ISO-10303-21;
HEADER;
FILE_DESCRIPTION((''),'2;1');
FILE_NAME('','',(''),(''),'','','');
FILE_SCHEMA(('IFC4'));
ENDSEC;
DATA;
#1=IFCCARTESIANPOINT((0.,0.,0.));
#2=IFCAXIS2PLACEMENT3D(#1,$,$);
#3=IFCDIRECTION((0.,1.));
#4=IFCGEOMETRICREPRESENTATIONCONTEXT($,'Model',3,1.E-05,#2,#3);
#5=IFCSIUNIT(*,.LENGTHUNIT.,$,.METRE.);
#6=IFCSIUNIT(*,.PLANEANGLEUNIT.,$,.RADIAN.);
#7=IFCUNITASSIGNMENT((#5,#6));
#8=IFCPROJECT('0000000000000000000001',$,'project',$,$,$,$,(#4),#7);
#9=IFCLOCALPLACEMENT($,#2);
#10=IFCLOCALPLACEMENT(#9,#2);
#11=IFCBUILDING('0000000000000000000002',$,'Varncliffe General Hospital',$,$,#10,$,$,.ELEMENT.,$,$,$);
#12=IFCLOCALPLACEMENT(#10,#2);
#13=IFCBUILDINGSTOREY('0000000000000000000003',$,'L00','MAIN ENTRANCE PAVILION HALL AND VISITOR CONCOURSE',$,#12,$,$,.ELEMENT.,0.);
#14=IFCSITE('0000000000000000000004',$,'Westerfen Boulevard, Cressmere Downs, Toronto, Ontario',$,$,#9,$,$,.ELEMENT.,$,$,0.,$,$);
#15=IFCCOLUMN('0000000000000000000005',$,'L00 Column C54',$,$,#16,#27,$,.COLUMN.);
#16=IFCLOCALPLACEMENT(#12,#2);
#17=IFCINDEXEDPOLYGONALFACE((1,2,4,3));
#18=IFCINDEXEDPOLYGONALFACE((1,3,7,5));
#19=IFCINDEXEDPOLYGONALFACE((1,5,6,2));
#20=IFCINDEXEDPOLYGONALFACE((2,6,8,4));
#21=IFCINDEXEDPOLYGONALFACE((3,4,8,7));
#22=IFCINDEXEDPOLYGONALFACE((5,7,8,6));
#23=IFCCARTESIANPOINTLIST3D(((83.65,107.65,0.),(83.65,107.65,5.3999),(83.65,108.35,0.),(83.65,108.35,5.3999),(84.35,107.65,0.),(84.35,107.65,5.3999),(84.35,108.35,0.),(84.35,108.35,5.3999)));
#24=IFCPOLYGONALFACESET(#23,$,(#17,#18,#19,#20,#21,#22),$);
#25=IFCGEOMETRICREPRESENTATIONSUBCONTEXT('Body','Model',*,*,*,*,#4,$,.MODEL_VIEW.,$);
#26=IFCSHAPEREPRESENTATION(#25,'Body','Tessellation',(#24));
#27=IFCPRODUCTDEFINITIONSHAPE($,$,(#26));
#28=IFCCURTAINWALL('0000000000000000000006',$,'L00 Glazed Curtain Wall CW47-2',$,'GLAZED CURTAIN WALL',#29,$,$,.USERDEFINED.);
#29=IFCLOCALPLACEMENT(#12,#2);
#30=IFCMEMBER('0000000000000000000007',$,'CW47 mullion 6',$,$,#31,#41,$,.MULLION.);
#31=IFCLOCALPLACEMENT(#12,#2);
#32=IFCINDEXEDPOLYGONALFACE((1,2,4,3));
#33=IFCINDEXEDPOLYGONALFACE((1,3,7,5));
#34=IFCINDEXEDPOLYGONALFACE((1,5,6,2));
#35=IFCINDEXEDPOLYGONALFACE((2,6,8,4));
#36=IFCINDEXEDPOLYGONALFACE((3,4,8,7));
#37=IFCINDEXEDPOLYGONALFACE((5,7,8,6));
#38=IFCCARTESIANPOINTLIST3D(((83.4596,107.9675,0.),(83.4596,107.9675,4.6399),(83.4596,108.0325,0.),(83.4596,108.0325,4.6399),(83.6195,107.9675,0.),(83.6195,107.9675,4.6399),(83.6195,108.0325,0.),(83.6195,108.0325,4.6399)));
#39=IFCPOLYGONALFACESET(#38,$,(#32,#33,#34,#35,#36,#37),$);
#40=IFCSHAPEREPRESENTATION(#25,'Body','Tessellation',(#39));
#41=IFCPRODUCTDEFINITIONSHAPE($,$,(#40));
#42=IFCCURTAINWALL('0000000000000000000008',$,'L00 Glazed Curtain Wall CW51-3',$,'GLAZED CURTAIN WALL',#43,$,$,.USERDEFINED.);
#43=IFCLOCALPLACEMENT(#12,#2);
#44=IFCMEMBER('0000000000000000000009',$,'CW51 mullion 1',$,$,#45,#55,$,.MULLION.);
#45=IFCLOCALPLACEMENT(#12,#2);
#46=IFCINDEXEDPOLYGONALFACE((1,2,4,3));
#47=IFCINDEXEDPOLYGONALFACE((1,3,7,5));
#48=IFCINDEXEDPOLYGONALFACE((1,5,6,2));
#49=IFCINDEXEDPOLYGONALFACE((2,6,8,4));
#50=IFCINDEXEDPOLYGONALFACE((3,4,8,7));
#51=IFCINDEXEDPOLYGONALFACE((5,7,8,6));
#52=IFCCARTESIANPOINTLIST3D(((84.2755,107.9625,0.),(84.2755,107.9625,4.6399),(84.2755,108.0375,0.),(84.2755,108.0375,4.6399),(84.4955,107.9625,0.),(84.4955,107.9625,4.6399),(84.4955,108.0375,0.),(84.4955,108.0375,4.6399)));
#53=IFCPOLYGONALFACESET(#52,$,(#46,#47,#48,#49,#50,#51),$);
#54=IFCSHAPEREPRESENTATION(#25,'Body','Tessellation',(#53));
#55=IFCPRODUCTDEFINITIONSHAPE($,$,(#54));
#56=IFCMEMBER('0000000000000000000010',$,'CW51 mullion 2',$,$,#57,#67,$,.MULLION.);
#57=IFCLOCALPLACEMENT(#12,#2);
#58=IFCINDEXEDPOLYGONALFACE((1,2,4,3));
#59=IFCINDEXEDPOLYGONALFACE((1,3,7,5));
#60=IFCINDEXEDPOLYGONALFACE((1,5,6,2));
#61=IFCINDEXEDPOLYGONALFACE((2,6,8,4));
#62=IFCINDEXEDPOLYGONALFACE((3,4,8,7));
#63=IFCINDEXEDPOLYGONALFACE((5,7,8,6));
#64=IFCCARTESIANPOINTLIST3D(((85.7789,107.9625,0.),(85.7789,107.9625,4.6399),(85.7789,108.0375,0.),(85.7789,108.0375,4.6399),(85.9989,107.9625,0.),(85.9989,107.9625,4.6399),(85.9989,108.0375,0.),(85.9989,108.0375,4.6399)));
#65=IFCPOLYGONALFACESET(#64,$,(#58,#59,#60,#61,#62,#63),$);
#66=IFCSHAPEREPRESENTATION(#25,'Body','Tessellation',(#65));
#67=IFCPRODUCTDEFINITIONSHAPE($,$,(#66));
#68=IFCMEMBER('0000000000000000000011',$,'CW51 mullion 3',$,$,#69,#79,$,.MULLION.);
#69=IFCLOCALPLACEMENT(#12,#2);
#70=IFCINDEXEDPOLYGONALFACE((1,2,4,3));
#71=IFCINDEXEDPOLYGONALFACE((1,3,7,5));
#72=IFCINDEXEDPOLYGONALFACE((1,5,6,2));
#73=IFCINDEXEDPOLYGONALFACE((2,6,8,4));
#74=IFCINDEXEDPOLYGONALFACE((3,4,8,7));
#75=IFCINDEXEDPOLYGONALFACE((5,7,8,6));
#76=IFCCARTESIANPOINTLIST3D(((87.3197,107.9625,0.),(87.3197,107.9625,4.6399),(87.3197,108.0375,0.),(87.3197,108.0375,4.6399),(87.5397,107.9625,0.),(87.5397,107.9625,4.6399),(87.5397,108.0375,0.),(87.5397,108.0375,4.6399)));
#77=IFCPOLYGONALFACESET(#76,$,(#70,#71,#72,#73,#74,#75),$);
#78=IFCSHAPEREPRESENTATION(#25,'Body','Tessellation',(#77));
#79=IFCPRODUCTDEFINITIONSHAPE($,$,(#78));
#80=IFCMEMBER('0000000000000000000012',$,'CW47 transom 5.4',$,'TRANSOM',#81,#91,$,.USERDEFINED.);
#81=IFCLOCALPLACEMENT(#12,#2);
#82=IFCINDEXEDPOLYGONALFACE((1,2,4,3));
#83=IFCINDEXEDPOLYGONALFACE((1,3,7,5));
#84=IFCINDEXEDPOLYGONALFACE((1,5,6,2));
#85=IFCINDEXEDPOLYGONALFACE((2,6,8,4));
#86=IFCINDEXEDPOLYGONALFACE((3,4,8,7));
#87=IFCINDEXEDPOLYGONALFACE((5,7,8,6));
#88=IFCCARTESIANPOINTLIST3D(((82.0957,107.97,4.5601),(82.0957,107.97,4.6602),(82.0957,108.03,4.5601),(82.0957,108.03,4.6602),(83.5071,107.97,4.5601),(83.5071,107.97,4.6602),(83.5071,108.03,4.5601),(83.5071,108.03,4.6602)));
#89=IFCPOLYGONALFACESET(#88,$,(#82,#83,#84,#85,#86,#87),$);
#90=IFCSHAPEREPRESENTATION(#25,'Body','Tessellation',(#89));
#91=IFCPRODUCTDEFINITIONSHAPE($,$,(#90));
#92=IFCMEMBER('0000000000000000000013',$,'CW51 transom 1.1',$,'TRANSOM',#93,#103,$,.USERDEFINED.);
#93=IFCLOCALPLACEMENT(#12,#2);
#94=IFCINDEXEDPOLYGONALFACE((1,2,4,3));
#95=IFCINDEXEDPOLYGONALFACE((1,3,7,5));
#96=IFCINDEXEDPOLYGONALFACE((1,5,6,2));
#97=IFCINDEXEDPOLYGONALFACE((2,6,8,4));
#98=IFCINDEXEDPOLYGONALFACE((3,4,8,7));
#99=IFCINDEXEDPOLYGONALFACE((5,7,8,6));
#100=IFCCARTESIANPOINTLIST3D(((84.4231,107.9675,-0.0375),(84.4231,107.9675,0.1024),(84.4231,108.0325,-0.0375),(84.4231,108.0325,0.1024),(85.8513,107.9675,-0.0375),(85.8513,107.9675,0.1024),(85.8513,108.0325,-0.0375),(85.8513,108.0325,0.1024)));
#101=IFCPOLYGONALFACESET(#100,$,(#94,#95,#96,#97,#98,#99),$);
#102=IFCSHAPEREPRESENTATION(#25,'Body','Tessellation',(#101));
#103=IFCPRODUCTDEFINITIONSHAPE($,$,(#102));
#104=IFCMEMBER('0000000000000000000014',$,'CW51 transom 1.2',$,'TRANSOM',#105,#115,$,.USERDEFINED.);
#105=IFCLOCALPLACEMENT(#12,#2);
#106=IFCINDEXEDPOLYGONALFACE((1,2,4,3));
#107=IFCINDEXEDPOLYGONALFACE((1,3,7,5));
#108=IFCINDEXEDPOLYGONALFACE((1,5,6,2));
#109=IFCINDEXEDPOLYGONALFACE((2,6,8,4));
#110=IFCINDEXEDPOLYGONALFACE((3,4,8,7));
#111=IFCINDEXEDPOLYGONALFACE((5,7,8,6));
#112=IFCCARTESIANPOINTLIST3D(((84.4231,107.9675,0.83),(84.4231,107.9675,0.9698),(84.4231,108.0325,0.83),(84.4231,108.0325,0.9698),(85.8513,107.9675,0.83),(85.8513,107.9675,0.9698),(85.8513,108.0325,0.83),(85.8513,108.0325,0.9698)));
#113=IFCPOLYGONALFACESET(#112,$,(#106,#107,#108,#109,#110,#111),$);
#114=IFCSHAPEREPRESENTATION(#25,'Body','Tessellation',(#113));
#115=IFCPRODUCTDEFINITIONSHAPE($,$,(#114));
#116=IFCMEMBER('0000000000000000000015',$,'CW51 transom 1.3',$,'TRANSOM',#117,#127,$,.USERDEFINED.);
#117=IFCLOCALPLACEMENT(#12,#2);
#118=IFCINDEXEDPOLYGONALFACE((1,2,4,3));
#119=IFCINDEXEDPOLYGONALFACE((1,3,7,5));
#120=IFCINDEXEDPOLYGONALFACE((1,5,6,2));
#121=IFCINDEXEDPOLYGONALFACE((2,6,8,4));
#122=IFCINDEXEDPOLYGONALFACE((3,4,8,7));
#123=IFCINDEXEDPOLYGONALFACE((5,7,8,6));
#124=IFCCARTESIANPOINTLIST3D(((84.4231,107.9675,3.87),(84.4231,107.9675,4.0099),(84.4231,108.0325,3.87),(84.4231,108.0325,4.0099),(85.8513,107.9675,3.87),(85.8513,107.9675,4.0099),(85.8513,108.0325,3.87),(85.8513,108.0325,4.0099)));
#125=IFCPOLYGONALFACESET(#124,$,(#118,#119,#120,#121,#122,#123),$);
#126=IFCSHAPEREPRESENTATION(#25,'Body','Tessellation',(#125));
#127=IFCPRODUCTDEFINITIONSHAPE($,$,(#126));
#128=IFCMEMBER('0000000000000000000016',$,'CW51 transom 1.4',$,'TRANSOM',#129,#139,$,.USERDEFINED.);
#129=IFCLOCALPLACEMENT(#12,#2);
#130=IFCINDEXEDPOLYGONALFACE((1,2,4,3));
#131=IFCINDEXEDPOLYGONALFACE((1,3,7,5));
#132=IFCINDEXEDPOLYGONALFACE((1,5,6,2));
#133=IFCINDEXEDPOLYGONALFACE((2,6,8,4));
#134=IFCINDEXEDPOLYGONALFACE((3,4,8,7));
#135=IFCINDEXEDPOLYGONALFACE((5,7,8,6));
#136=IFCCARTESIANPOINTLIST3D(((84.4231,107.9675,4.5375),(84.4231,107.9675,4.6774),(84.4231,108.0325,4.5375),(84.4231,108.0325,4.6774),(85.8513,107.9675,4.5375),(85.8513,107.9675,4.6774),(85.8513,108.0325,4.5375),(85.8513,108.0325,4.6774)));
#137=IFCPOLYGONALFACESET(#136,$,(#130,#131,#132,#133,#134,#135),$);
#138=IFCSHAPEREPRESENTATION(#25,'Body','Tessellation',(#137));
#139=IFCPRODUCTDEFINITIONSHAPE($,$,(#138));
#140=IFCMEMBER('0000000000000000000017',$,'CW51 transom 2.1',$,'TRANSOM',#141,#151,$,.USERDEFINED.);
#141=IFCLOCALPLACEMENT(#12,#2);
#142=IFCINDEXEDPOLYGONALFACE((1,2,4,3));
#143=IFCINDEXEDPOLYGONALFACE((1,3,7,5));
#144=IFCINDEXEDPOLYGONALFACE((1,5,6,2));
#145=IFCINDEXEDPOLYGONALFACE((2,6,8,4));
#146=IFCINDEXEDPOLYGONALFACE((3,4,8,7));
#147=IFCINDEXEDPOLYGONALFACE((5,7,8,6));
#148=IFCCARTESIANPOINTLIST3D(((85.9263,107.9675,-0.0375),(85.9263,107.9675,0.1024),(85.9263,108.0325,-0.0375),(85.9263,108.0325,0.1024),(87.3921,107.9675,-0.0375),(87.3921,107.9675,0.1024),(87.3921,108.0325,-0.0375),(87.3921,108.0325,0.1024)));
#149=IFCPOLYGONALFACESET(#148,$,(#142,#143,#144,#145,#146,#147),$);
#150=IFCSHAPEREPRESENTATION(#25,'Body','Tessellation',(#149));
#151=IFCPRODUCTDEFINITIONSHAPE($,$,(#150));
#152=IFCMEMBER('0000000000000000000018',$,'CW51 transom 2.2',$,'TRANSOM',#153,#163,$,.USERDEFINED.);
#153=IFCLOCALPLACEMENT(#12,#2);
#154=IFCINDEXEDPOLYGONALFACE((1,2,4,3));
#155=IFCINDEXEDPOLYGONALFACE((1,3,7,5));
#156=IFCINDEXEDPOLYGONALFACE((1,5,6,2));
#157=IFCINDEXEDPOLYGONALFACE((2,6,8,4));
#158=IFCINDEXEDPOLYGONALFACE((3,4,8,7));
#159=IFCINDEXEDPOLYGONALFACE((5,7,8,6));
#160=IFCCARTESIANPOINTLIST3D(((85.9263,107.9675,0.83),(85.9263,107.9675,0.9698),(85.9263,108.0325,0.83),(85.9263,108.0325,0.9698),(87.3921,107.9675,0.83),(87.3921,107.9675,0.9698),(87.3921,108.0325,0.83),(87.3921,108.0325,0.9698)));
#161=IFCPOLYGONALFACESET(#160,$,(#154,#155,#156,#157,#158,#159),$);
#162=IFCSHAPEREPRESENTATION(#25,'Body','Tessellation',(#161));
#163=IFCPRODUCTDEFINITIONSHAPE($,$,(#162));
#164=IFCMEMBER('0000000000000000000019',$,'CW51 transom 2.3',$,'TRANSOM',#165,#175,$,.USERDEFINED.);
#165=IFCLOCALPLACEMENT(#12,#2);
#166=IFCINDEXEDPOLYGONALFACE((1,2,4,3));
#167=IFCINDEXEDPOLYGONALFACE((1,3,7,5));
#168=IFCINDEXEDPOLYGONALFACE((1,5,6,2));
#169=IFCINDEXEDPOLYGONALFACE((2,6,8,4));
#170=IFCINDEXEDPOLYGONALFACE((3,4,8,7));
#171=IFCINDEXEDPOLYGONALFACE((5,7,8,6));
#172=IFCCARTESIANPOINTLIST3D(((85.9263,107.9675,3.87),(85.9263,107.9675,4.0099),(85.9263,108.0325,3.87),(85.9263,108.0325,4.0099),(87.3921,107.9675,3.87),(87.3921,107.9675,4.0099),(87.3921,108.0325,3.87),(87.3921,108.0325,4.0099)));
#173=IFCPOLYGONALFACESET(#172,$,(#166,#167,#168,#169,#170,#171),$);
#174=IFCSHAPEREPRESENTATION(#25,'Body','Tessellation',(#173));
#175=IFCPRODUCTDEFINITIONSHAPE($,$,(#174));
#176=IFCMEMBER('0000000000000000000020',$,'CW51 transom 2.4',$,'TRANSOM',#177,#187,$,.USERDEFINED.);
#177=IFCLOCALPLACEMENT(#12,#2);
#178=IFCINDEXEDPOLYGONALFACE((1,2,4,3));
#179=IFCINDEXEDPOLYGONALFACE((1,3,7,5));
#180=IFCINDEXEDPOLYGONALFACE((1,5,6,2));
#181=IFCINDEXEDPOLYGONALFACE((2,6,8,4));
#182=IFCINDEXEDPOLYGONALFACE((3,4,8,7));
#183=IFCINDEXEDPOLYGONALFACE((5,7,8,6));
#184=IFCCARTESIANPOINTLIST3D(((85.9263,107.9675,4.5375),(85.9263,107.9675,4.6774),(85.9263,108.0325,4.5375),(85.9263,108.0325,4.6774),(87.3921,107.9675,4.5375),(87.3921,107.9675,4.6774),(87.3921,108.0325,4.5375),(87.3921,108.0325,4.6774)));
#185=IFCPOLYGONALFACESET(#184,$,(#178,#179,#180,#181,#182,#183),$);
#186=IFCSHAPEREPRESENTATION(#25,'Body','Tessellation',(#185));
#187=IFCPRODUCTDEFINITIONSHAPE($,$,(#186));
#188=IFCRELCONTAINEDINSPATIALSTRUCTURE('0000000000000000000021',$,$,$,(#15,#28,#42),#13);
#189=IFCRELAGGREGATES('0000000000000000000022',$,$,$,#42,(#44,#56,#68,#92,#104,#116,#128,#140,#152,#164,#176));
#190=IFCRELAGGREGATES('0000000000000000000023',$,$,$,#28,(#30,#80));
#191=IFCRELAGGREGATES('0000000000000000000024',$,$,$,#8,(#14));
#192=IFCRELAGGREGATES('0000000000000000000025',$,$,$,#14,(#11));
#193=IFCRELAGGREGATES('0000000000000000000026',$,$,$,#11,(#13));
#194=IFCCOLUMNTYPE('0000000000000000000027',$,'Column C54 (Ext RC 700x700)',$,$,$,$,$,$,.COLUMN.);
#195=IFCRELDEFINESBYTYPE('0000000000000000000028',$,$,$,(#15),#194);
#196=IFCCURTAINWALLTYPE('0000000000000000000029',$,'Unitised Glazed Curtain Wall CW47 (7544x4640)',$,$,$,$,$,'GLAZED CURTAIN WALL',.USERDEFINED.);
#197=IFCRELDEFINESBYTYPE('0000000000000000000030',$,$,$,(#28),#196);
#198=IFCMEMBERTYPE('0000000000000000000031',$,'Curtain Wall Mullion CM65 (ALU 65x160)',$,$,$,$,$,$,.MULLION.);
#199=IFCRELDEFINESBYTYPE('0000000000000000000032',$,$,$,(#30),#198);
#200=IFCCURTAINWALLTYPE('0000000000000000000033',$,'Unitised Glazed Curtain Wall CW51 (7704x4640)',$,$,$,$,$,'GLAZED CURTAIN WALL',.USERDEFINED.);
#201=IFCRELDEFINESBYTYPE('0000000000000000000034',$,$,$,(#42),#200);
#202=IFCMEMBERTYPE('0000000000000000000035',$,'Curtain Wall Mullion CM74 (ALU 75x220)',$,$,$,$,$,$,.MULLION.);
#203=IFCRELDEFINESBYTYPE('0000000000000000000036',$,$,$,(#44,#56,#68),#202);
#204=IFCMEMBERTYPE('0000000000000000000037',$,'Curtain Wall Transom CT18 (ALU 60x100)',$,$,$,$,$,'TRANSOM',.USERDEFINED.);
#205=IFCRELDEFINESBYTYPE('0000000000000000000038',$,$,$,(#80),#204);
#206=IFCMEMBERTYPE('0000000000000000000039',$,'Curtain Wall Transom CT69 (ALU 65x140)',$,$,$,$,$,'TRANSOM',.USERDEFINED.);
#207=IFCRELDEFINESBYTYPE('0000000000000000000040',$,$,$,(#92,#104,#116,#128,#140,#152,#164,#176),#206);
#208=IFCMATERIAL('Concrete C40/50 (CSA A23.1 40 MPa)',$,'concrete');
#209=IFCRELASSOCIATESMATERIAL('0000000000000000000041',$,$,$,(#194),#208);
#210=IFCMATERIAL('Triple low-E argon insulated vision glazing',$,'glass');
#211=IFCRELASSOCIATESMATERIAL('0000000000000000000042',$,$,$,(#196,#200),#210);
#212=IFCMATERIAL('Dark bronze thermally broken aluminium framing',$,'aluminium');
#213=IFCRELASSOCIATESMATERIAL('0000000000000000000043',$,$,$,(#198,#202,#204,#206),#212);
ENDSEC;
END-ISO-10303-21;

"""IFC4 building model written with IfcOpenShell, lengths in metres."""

from ifc_helpers import new_model, si_unit, direction, frame, origin, origin_2d, place, context, subcontext, project, spatial, rectangle, extrude, material, material_profile, profile_set, type_object, element, aggregate, save


model = new_model("IFC4")

# Units and contexts
model_context = context("Model", 3, precision=1e-05, world=origin(), true_north=direction((0.0, 1.0)))
body_context = subcontext(model_context, "Body", "Model", "MODEL_VIEW")
ifc_project = project(units=[si_unit("LENGTHUNIT", "METRE"), si_unit("PLANEANGLEUNIT", "RADIAN")], contexts=[model_context])

# Site, building, storey
site_placement = place(None, origin())
site = spatial("IfcSite", under=ifc_project, at=site_placement, Name="Westerfen Boulevard, Cressmere Downs, Toronto, Ontario", CompositionType="ELEMENT", RefElevation=0.0)
building_placement = place(site_placement, origin())
building = spatial("IfcBuilding", under=site, at=building_placement, Name="Varncliffe General Hospital", CompositionType="ELEMENT")
storey_placement = place(building_placement, origin())
storey = spatial("IfcBuildingStorey", under=building, at=storey_placement, Name="L00", Description="MAIN ENTRANCE PAVILION HALL AND VISITOR CONCOURSE", CompositionType="ELEMENT", Elevation=0.0)

# Column
ifc_material_1 = material(Name="Concrete C40/50 (CSA A23.1 40 MPa)", Category="concrete")
ifc_material_profile_1 = material_profile(ifc_material_1, rectangle(XDim=0.7, YDim=0.7, at=origin_2d()), Name="RC 700x700")
ifc_profile_set_1 = profile_set([ifc_material_profile_1], Name="Concrete C40/50 (CSA A23.1 40 MPa)")
column_type = type_object("IfcColumnType", Name="Column C54 (Ext RC 700x700)", PredefinedType="COLUMN", material=ifc_profile_set_1)
column_placement = place(storey_placement, frame((84.0, 108.0, 0.0), z_axis=(0.0, 0.0, 1.0), x_axis=(1.0, 0.0, 0.0)))
element("IfcColumn", 1, at=column_placement, inside=storey, type_object=column_type, Name="L00 Column C54", PredefinedType="COLUMN", context=body_context, shape_type="SweptSolid", body=[
    extrude(rectangle(XDim=0.7, YDim=0.7, at=origin_2d()), origin(), (0.0, 0.0, 1.0), 5.3999),
])

# Curtain wall, member
ifc_material_2 = material(Name="Triple low-E argon insulated vision glazing", Category="glass")
curtain_wall_type_1 = type_object("IfcCurtainWallType", Name="Unitised Glazed Curtain Wall CW47 (7544x4640)", ElementType="GLAZED CURTAIN WALL", PredefinedType="USERDEFINED", material=ifc_material_2)
curtain_wall_1_placement = place(storey_placement, origin())
curtain_wall_1 = element("IfcCurtainWall", 2, at=curtain_wall_1_placement, inside=storey, type_object=curtain_wall_type_1, Name="L00 Glazed Curtain Wall CW47-2", ObjectType="GLAZED CURTAIN WALL", PredefinedType="USERDEFINED")
ifc_material_3 = material(Name="Dark bronze thermally broken aluminium framing", Category="aluminium")
ifc_material_profile_2 = material_profile(ifc_material_3, rectangle(XDim=0.0649, YDim=0.1599, at=origin_2d()), Name="ALU 65x160")
ifc_profile_set_2 = profile_set([ifc_material_profile_2], Name="Dark bronze thermally broken aluminium framing")
member_type_1 = type_object("IfcMemberType", Name="Curtain Wall Mullion CM65 (ALU 65x160)", PredefinedType="MULLION", material=ifc_profile_set_2)
member_1_placement = place(storey_placement, frame((83.5396, 108.0, 0.0), z_axis=(0.0, 0.0, 1.0), x_axis=(0.0, 1.0, 0.0)))
member_1 = element("IfcMember", 3, at=member_1_placement, type_object=member_type_1, Name="CW47 mullion 6", PredefinedType="MULLION", context=body_context, shape_type="SweptSolid", body=[
    extrude(rectangle(XDim=0.0649, YDim=0.1599, at=origin_2d()), origin(), (0.0, 0.0, 1.0), 4.6399),
])

# Curtain wall, members
curtain_wall_type_2 = type_object("IfcCurtainWallType", Name="Unitised Glazed Curtain Wall CW51 (7704x4640)", ElementType="GLAZED CURTAIN WALL", PredefinedType="USERDEFINED", material=ifc_material_2)
curtain_wall_2_placement = place(storey_placement, origin())
curtain_wall_2 = element("IfcCurtainWall", 4, at=curtain_wall_2_placement, inside=storey, type_object=curtain_wall_type_2, Name="L00 Glazed Curtain Wall CW51-3", ObjectType="GLAZED CURTAIN WALL", PredefinedType="USERDEFINED")
ifc_material_profile_3 = material_profile(ifc_material_3, rectangle(XDim=0.075, YDim=0.22, at=origin_2d()), Name="ALU 75x220")
ifc_profile_set_3 = profile_set([ifc_material_profile_3], Name="Dark bronze thermally broken aluminium framing")
member_type_2 = type_object("IfcMemberType", Name="Curtain Wall Mullion CM74 (ALU 75x220)", PredefinedType="MULLION", material=ifc_profile_set_3)
member_2_placement = place(storey_placement, frame((84.3855, 108.0, 0.0), z_axis=(0.0, 0.0, 1.0), x_axis=(0.0, 1.0, 0.0)))
member_2 = element("IfcMember", 5, at=member_2_placement, type_object=member_type_2, Name="CW51 mullion 1", PredefinedType="MULLION", context=body_context, shape_type="SweptSolid", body=[
    extrude(rectangle(XDim=0.075, YDim=0.22, at=origin_2d()), origin(), (0.0, 0.0, 1.0), 4.6399),
])
member_3_placement = place(storey_placement, frame((85.8889, 108.0, 0.0), z_axis=(0.0, 0.0, 1.0), x_axis=(0.0, 1.0, 0.0)))
member_3 = element("IfcMember", 6, at=member_3_placement, type_object=member_type_2, Name="CW51 mullion 2", PredefinedType="MULLION", context=body_context, shape_type="SweptSolid", body=[
    extrude(rectangle(XDim=0.075, YDim=0.22, at=origin_2d()), origin(), (0.0, 0.0, 1.0), 4.6399),
])
member_4_placement = place(storey_placement, frame((87.4297, 108.0, 0.0), z_axis=(0.0, 0.0, 1.0), x_axis=(0.0, 1.0, 0.0)))
member_4 = element("IfcMember", 7, at=member_4_placement, type_object=member_type_2, Name="CW51 mullion 3", PredefinedType="MULLION", context=body_context, shape_type="SweptSolid", body=[
    extrude(rectangle(XDim=0.075, YDim=0.22, at=origin_2d()), origin(), (0.0, 0.0, 1.0), 4.6399),
])

# Members
ifc_material_profile_4 = material_profile(ifc_material_3, rectangle(XDim=0.0601, YDim=0.1001, at=origin_2d()), Name="ALU 60x100")
ifc_profile_set_4 = profile_set([ifc_material_profile_4], Name="Dark bronze thermally broken aluminium framing")
member_type_3 = type_object("IfcMemberType", Name="Curtain Wall Transom CT18 (ALU 60x100)", ElementType="TRANSOM", PredefinedType="USERDEFINED", material=ifc_profile_set_4)
member_5_placement = place(storey_placement, frame((82.0957, 108.0, 4.6101), z_axis=(1.0, 0.0, 0.0), x_axis=(0.0, 1.0, 0.0)))
member_5 = element("IfcMember", 8, at=member_5_placement, type_object=member_type_3, Name="CW47 transom 5.4", ObjectType="TRANSOM", PredefinedType="USERDEFINED", context=body_context, shape_type="SweptSolid", body=[
    extrude(rectangle(XDim=0.0601, YDim=0.1001, at=origin_2d()), origin(), (0.0, 0.0, 1.0), 1.4114),
])
ifc_material_profile_5 = material_profile(ifc_material_3, rectangle(XDim=0.0649, YDim=0.1399, at=origin_2d()), Name="ALU 65x140")
ifc_profile_set_5 = profile_set([ifc_material_profile_5], Name="Dark bronze thermally broken aluminium framing")
member_type_4 = type_object("IfcMemberType", Name="Curtain Wall Transom CT69 (ALU 65x140)", ElementType="TRANSOM", PredefinedType="USERDEFINED", material=ifc_profile_set_5)
member_6_placement = place(storey_placement, frame((84.4231, 108.0, 0.0325), z_axis=(1.0, 0.0, 0.0), x_axis=(0.0, 1.0, 0.0)))
member_6 = element("IfcMember", 9, at=member_6_placement, type_object=member_type_4, Name="CW51 transom 1.1", ObjectType="TRANSOM", PredefinedType="USERDEFINED", context=body_context, shape_type="SweptSolid", body=[
    extrude(rectangle(XDim=0.0649, YDim=0.1399, at=origin_2d()), origin(), (0.0, 0.0, 1.0), 1.4282),
])
member_7_placement = place(storey_placement, frame((84.4231, 108.0, 0.8999), z_axis=(1.0, 0.0, 0.0), x_axis=(0.0, 1.0, 0.0)))
member_7 = element("IfcMember", 10, at=member_7_placement, type_object=member_type_4, Name="CW51 transom 1.2", ObjectType="TRANSOM", PredefinedType="USERDEFINED", context=body_context, shape_type="SweptSolid", body=[
    extrude(rectangle(XDim=0.0649, YDim=0.1399, at=origin_2d()), origin(), (0.0, 0.0, 1.0), 1.4282),
])
member_8_placement = place(storey_placement, frame((84.4231, 108.0, 3.9399), z_axis=(1.0, 0.0, 0.0), x_axis=(0.0, 1.0, 0.0)))
member_8 = element("IfcMember", 11, at=member_8_placement, type_object=member_type_4, Name="CW51 transom 1.3", ObjectType="TRANSOM", PredefinedType="USERDEFINED", context=body_context, shape_type="SweptSolid", body=[
    extrude(rectangle(XDim=0.0649, YDim=0.1399, at=origin_2d()), origin(), (0.0, 0.0, 1.0), 1.4282),
])
member_9_placement = place(storey_placement, frame((84.4231, 108.0, 4.6074), z_axis=(1.0, 0.0, 0.0), x_axis=(0.0, 1.0, 0.0)))
member_9 = element("IfcMember", 12, at=member_9_placement, type_object=member_type_4, Name="CW51 transom 1.4", ObjectType="TRANSOM", PredefinedType="USERDEFINED", context=body_context, shape_type="SweptSolid", body=[
    extrude(rectangle(XDim=0.0649, YDim=0.1399, at=origin_2d()), origin(), (0.0, 0.0, 1.0), 1.4282),
])
member_10_placement = place(storey_placement, frame((85.9263, 108.0, 0.0325), z_axis=(1.0, 0.0, 0.0), x_axis=(0.0, 1.0, 0.0)))
member_10 = element("IfcMember", 13, at=member_10_placement, type_object=member_type_4, Name="CW51 transom 2.1", ObjectType="TRANSOM", PredefinedType="USERDEFINED", context=body_context, shape_type="SweptSolid", body=[
    extrude(rectangle(XDim=0.0649, YDim=0.1399, at=origin_2d()), origin(), (0.0, 0.0, 1.0), 1.4658),
])
member_11_placement = place(storey_placement, frame((85.9263, 108.0, 0.8999), z_axis=(1.0, 0.0, 0.0), x_axis=(0.0, 1.0, 0.0)))
member_11 = element("IfcMember", 14, at=member_11_placement, type_object=member_type_4, Name="CW51 transom 2.2", ObjectType="TRANSOM", PredefinedType="USERDEFINED", context=body_context, shape_type="SweptSolid", body=[
    extrude(rectangle(XDim=0.0649, YDim=0.1399, at=origin_2d()), origin(), (0.0, 0.0, 1.0), 1.4658),
])
member_12_placement = place(storey_placement, frame((85.9263, 108.0, 3.9399), z_axis=(1.0, 0.0, 0.0), x_axis=(0.0, 1.0, 0.0)))
member_12 = element("IfcMember", 15, at=member_12_placement, type_object=member_type_4, Name="CW51 transom 2.3", ObjectType="TRANSOM", PredefinedType="USERDEFINED", context=body_context, shape_type="SweptSolid", body=[
    extrude(rectangle(XDim=0.0649, YDim=0.1399, at=origin_2d()), origin(), (0.0, 0.0, 1.0), 1.4658),
])
member_13_placement = place(storey_placement, frame((85.9263, 108.0, 4.6074), z_axis=(1.0, 0.0, 0.0), x_axis=(0.0, 1.0, 0.0)))
member_13 = element("IfcMember", 16, at=member_13_placement, type_object=member_type_4, Name="CW51 transom 2.4", ObjectType="TRANSOM", PredefinedType="USERDEFINED", context=body_context, shape_type="SweptSolid", body=[
    extrude(rectangle(XDim=0.0649, YDim=0.1399, at=origin_2d()), origin(), (0.0, 0.0, 1.0), 1.4658),
])

aggregate(curtain_wall_2, [member_2, member_3, member_4, member_6, member_7, member_8, member_9, member_10, member_11, member_12, member_13])
aggregate(curtain_wall_1, [member_1, member_5])

save(model, "model.ifc")
